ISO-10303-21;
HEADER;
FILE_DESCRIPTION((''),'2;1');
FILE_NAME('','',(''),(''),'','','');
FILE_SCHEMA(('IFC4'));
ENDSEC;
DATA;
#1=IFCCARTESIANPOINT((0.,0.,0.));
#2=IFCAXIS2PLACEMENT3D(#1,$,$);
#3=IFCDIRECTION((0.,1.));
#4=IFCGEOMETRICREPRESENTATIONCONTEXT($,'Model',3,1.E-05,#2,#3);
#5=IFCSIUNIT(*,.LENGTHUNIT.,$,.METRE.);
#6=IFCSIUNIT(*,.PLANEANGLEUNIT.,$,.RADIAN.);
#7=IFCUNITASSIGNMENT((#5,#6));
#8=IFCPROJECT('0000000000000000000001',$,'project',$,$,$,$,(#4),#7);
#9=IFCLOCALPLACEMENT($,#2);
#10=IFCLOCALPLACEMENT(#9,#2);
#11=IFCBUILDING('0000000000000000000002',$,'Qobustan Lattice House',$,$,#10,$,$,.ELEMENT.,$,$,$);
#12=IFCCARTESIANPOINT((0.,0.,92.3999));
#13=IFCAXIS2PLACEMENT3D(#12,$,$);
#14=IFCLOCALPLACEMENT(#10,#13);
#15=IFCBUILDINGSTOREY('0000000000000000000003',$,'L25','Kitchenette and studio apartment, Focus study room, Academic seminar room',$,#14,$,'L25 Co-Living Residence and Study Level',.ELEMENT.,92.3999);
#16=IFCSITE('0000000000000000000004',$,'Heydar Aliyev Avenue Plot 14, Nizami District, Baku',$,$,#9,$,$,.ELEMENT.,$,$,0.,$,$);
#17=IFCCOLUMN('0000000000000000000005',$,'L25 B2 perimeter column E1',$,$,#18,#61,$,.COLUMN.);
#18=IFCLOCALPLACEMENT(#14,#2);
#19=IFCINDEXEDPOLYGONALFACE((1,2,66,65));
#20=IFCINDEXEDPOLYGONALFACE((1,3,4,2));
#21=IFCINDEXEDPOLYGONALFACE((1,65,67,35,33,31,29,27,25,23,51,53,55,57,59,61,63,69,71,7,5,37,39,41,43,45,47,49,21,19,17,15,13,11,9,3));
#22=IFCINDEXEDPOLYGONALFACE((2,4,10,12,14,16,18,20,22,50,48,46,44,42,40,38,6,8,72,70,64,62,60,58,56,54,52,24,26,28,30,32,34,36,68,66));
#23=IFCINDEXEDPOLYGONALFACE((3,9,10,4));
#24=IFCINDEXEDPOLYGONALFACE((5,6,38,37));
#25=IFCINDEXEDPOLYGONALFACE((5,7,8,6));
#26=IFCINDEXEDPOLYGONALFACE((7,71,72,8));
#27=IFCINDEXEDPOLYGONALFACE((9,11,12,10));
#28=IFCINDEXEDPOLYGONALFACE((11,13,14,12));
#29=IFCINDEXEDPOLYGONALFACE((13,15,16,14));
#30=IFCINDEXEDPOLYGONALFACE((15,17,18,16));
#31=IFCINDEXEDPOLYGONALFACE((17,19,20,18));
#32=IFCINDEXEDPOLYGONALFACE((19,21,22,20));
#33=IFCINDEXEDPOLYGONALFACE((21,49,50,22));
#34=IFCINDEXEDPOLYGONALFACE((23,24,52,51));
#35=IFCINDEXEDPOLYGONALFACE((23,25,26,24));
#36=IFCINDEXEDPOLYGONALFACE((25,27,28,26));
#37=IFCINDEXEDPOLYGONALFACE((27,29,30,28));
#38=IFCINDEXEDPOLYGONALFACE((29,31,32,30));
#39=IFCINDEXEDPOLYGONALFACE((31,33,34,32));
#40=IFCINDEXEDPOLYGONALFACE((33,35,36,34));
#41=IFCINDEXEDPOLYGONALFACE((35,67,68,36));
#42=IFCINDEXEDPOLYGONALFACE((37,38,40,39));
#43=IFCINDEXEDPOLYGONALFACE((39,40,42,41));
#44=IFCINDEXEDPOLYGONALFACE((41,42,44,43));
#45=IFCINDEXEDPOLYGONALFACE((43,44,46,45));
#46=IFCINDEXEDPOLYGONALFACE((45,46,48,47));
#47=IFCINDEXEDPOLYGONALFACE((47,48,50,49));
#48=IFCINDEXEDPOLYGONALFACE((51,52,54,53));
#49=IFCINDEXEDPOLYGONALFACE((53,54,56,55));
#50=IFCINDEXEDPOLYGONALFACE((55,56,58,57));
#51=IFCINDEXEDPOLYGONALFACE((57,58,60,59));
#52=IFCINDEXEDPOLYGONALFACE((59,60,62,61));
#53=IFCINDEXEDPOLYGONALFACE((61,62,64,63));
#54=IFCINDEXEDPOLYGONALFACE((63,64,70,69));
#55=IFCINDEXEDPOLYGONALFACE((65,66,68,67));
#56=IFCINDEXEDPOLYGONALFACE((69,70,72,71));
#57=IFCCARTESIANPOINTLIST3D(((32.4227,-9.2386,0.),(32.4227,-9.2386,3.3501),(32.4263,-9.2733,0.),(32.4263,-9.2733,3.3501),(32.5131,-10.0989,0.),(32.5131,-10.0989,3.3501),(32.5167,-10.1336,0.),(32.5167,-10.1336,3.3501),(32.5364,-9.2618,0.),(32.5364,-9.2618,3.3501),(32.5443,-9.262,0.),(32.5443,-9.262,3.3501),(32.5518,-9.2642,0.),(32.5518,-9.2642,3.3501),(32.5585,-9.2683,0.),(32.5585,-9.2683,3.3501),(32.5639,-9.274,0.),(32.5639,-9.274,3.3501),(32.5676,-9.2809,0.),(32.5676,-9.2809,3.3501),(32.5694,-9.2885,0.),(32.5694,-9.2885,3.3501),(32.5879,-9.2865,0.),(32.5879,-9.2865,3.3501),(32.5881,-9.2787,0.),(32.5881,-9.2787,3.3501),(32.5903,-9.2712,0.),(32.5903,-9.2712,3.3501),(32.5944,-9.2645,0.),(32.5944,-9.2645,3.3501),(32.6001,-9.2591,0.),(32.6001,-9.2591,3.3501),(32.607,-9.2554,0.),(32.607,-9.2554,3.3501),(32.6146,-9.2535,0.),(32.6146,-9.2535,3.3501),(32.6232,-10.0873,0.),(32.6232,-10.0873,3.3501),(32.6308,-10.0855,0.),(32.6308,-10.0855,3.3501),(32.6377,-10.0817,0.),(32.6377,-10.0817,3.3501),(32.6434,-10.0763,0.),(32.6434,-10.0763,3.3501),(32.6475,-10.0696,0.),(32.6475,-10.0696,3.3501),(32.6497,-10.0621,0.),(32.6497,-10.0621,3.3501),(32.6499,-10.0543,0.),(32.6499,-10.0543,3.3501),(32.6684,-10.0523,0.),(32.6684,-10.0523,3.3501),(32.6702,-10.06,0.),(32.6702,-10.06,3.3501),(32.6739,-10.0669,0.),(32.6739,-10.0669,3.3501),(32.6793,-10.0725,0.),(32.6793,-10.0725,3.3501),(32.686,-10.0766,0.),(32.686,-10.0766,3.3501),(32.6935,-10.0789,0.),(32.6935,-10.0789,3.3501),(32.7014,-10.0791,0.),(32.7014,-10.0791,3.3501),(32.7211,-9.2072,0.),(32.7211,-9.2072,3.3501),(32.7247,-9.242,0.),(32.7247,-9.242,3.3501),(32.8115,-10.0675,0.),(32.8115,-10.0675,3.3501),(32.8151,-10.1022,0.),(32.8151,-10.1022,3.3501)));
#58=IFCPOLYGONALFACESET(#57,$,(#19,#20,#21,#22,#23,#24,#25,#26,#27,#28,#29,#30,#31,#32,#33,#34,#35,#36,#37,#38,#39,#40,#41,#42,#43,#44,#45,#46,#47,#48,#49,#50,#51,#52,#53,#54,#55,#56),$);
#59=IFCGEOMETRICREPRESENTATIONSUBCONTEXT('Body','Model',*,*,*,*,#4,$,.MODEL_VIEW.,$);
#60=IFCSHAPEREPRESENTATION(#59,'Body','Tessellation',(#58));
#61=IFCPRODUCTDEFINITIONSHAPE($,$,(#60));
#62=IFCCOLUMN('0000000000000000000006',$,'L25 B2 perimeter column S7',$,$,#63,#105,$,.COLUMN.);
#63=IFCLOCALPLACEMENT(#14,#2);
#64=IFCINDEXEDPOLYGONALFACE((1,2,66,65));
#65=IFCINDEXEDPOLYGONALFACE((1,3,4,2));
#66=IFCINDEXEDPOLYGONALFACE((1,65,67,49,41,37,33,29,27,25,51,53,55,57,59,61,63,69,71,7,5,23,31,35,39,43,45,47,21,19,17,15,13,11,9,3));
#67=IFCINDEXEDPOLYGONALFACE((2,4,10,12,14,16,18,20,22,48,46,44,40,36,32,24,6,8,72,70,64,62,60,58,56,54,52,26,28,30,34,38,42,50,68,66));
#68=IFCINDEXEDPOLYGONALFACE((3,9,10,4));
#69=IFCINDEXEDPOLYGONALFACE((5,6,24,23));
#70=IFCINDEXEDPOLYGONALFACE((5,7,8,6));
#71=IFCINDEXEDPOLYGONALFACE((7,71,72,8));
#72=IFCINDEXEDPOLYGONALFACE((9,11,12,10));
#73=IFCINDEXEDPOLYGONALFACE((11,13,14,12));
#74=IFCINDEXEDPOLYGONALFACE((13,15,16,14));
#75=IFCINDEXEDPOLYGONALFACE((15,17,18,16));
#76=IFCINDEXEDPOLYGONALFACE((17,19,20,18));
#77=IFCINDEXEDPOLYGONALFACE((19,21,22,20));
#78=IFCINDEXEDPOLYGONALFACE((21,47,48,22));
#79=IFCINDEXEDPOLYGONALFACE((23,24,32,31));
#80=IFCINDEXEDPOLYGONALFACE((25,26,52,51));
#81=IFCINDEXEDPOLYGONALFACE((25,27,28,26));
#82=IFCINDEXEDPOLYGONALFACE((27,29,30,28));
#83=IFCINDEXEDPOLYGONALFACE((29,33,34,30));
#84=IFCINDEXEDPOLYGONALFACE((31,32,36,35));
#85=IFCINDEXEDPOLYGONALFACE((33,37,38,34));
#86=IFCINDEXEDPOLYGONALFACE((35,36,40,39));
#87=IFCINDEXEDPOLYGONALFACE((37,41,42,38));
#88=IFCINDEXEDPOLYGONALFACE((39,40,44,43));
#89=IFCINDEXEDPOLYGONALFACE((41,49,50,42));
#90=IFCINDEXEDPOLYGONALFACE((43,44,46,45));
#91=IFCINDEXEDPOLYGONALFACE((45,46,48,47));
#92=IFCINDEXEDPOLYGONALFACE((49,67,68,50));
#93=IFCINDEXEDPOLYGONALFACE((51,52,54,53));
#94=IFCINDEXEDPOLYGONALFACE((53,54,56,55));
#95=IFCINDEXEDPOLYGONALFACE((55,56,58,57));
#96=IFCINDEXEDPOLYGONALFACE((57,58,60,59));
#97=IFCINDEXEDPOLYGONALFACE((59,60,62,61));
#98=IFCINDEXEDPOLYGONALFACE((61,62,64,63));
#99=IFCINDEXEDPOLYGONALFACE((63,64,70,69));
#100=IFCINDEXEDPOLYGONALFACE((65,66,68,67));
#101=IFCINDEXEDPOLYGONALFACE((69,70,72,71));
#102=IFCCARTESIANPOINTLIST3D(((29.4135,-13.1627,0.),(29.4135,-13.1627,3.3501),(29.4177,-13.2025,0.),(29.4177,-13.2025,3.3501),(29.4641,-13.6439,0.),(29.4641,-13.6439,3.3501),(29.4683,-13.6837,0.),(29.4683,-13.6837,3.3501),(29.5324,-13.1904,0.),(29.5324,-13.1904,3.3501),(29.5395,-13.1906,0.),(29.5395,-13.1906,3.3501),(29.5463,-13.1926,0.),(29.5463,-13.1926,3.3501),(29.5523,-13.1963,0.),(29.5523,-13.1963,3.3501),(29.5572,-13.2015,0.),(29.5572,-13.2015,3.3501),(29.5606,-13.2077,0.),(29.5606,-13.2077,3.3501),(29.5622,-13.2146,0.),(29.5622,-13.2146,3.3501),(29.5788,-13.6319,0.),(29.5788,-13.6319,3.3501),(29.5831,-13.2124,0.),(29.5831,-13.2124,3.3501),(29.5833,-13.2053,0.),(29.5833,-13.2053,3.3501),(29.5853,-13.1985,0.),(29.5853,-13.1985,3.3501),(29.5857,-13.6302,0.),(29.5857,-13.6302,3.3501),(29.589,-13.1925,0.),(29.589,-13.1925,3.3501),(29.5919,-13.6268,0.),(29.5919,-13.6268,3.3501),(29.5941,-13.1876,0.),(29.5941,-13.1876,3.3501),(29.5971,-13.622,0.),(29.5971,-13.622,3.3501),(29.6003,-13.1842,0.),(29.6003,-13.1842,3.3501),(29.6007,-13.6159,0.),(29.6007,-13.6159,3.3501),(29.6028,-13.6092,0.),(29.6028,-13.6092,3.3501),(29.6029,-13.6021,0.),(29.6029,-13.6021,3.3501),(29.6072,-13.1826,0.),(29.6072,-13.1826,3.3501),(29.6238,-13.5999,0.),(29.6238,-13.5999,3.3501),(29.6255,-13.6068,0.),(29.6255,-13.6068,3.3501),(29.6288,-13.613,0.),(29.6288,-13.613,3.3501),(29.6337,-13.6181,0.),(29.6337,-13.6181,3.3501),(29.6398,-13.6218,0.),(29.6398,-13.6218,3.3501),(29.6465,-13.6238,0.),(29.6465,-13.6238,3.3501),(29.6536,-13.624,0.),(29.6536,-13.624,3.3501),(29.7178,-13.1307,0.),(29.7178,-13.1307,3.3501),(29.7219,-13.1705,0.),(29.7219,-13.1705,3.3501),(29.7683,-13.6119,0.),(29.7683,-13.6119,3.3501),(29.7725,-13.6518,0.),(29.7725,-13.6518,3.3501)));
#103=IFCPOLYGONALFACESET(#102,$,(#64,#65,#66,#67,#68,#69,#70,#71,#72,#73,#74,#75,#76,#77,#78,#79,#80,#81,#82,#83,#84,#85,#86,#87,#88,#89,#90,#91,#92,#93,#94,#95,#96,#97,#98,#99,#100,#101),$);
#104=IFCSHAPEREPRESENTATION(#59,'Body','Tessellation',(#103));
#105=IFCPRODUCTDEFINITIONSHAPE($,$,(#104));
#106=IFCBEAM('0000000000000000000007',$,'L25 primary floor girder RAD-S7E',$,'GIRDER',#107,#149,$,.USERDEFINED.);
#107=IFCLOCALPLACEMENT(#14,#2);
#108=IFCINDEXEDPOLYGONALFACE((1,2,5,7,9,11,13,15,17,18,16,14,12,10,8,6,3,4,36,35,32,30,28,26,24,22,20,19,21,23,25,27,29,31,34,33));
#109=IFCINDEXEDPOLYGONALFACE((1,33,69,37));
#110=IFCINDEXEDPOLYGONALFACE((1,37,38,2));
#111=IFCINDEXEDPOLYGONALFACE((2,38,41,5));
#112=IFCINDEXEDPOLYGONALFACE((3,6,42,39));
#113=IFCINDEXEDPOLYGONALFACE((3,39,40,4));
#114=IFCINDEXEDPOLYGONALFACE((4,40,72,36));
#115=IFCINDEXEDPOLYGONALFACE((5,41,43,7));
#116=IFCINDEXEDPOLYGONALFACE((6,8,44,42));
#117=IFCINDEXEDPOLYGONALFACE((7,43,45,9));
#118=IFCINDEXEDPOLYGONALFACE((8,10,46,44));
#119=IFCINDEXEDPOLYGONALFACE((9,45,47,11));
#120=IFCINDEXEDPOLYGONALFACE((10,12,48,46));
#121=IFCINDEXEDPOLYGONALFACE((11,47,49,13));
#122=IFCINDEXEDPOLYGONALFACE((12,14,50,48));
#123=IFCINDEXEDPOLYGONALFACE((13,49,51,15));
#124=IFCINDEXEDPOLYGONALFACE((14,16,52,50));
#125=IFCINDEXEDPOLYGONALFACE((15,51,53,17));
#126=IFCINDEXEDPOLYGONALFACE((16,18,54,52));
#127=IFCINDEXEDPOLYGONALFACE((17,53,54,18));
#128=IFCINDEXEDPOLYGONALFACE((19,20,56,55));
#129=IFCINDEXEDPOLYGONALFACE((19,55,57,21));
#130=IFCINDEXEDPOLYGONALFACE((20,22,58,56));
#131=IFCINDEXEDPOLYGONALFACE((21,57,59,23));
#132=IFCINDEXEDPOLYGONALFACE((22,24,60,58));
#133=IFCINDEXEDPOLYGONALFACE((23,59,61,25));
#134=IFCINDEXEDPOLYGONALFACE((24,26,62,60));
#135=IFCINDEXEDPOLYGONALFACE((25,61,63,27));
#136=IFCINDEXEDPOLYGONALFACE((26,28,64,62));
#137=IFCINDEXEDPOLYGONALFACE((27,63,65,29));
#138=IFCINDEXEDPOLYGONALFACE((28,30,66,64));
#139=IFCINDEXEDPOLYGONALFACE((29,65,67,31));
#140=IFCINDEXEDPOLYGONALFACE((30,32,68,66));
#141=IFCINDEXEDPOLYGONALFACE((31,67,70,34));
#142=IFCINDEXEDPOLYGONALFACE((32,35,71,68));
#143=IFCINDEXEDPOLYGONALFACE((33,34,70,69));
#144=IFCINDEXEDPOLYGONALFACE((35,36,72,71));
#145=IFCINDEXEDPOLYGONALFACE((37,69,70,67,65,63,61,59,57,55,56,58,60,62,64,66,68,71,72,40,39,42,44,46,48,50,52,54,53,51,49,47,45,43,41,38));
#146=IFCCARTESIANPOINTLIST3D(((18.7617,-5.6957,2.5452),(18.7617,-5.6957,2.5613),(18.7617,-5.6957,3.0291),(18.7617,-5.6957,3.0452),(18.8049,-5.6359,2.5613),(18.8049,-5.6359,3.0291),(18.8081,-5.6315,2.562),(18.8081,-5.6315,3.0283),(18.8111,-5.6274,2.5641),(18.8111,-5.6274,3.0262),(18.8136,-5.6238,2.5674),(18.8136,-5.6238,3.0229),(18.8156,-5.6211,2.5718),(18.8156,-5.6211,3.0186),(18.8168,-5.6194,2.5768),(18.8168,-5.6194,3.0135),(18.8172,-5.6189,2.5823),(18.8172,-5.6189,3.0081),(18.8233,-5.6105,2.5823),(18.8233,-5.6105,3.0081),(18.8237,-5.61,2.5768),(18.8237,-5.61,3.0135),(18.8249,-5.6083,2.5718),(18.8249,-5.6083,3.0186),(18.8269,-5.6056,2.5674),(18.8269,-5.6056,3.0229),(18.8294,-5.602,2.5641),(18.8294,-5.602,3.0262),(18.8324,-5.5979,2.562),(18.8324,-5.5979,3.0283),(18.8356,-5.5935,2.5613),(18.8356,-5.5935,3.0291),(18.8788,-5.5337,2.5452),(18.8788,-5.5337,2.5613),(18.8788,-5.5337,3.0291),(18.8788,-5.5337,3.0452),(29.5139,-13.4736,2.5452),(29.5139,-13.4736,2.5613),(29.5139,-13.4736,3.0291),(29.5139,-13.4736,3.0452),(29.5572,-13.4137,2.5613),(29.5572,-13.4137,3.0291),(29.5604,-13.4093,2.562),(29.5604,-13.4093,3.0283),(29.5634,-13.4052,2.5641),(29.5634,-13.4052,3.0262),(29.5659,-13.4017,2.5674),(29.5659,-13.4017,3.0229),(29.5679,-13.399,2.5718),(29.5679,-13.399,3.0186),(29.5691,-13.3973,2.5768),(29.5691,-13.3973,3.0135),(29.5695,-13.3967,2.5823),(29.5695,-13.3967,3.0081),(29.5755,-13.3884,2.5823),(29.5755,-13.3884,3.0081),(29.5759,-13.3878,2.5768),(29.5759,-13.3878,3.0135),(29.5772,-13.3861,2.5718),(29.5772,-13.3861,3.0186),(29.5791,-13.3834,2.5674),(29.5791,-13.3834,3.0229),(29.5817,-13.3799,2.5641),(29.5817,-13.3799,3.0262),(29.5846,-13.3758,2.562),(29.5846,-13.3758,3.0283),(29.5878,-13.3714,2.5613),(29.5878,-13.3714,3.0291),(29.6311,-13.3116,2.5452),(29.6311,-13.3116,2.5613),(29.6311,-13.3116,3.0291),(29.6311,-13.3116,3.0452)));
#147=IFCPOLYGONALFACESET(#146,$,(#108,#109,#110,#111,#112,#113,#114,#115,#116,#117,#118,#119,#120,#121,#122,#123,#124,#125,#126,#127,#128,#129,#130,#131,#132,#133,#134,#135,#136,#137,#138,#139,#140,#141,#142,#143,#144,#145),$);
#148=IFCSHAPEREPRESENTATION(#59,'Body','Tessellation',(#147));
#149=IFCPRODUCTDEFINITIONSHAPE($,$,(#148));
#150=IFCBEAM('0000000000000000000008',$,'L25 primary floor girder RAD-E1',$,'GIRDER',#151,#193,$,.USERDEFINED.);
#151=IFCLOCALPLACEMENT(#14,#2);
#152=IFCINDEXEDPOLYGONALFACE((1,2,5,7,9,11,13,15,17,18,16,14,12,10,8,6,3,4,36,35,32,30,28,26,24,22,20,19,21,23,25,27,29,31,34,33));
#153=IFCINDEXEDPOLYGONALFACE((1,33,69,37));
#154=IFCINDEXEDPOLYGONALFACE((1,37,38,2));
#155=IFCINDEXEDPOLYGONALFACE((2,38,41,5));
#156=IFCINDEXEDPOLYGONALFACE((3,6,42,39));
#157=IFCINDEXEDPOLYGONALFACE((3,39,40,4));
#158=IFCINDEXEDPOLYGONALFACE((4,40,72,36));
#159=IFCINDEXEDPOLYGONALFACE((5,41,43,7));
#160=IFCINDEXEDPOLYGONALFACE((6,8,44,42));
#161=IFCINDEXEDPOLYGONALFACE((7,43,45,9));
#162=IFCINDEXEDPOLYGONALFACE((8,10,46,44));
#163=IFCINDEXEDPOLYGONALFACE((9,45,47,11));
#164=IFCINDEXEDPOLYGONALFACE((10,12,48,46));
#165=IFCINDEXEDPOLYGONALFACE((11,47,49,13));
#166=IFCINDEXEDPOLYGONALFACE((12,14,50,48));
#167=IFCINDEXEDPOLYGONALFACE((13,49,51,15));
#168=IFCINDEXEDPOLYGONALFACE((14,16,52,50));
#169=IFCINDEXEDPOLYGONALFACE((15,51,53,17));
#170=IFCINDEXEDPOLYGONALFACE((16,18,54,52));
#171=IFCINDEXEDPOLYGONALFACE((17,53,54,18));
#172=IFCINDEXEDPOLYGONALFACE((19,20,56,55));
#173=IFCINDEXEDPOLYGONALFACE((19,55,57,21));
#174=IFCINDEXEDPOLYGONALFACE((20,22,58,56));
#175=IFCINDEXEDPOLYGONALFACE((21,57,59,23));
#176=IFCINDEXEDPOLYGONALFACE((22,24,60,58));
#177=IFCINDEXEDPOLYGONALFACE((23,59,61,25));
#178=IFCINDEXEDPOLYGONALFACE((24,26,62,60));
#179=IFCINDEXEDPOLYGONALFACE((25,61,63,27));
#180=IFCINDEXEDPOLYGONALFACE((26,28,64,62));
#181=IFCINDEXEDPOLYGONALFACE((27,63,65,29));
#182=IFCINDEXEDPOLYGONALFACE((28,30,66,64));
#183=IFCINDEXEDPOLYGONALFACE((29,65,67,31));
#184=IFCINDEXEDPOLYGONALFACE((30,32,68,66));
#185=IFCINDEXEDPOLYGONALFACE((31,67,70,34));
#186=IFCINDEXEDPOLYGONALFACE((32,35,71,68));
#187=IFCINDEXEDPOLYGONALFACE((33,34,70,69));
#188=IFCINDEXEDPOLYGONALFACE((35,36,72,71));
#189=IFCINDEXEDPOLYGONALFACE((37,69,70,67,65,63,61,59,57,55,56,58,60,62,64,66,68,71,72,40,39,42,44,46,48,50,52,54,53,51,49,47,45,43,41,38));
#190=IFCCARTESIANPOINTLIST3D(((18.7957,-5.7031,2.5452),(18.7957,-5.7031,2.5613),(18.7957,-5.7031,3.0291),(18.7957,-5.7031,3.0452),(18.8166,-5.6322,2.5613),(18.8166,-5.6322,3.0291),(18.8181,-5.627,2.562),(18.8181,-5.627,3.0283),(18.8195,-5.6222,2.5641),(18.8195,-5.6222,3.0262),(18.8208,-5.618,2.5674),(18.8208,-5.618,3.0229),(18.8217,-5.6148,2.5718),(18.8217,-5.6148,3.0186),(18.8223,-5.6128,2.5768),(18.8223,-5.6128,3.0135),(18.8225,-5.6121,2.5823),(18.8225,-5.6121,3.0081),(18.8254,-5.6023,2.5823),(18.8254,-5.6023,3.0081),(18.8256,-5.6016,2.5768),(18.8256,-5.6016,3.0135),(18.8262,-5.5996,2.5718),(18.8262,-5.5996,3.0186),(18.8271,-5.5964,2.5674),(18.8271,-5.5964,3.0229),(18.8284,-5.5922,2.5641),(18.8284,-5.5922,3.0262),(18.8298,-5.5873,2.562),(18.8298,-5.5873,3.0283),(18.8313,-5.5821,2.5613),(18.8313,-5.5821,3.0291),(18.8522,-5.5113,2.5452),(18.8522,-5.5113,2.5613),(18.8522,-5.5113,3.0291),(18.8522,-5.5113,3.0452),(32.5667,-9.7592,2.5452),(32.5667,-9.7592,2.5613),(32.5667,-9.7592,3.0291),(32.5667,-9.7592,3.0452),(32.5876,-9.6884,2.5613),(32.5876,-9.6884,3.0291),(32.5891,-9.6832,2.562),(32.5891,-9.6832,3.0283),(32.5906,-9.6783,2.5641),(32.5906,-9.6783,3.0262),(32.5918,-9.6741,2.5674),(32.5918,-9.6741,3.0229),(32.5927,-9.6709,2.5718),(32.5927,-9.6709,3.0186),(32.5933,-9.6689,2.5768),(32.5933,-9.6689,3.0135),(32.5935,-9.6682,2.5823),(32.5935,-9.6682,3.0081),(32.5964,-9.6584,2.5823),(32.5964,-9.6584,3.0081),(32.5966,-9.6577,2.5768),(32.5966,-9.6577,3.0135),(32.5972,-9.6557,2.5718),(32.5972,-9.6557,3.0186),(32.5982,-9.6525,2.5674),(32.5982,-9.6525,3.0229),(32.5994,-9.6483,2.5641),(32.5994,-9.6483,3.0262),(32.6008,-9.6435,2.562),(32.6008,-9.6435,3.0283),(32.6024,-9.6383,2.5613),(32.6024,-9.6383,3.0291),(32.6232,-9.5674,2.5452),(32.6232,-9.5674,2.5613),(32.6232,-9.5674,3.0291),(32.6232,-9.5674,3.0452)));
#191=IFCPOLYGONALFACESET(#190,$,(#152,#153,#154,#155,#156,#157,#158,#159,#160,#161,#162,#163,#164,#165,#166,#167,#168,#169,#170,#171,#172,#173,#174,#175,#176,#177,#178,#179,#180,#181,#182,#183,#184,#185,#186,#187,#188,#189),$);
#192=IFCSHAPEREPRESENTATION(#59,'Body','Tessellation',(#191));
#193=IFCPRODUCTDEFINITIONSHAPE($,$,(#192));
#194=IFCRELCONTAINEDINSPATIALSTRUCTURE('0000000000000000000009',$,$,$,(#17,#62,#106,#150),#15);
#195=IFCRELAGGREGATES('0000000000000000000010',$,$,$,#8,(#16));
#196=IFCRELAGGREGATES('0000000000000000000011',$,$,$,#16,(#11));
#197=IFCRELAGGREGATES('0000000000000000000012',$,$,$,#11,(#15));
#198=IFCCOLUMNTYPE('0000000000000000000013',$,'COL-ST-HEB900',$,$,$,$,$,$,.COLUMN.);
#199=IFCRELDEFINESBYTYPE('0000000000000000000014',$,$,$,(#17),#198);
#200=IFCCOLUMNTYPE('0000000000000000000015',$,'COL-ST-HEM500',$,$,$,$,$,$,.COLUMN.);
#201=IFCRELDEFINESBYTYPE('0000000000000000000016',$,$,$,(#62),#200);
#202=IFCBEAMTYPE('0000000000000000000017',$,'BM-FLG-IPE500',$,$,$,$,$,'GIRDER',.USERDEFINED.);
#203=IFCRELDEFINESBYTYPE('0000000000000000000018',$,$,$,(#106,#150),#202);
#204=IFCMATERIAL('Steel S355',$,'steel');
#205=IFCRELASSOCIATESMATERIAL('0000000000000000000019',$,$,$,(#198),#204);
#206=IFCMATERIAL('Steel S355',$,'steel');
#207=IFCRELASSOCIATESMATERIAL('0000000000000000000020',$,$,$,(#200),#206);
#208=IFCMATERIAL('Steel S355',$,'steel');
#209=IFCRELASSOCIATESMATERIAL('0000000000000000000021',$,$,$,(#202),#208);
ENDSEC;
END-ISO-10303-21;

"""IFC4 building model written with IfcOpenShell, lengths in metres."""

from ifc_helpers import new_model, si_unit, direction, frame, origin, origin_2d, place, context, subcontext, project, spatial, i_section, extrude, material, material_profile, profile_set, type_object, element, save


model = new_model("IFC4")

# Units and contexts
model_context = context("Model", 3, precision=1e-05, world=origin(), true_north=direction((0.0, 1.0)))
body_context = subcontext(model_context, "Body", "Model", "MODEL_VIEW")
ifc_project = project(units=[si_unit("LENGTHUNIT", "METRE"), si_unit("PLANEANGLEUNIT", "RADIAN")], contexts=[model_context])

# Site, building, storey
site_placement = place(None, origin())
site = spatial("IfcSite", under=ifc_project, at=site_placement, Name="Heydar Aliyev Avenue Plot 14, Nizami District, Baku", CompositionType="ELEMENT", RefElevation=0.0)
building_placement = place(site_placement, origin())
building = spatial("IfcBuilding", under=site, at=building_placement, Name="Qobustan Lattice House", CompositionType="ELEMENT")
storey_placement = place(building_placement, frame((0.0, 0.0, 92.3999)))
storey = spatial("IfcBuildingStorey", under=building, at=storey_placement, Name="L25", Description="Kitchenette and studio apartment, Focus study room, Academic seminar room", LongName="L25 Co-Living Residence and Study Level", CompositionType="ELEMENT", Elevation=92.3999)

# Columns
ifc_material_1 = material(Name="Steel S355", Category="steel")
ifc_material_profile_1 = material_profile(ifc_material_1, i_section(OverallWidth=0.3, OverallDepth=0.8999, WebThickness=0.0186, FlangeThickness=0.0349, FilletRadius=0.03, at=origin_2d()), Name="HEB900")
ifc_profile_set_1 = profile_set([ifc_material_profile_1], Name="Steel S355")
column_type_1 = type_object("IfcColumnType", Name="COL-ST-HEB900", PredefinedType="COLUMN", material=ifc_profile_set_1)
column_1_placement = place(storey_placement, frame((32.6189, -9.6704, 0.0), z_axis=(0.0, 0.0, 1.0), x_axis=(0.994522, 0.104528, 0.0)))
element("IfcColumn", 1, at=column_1_placement, inside=storey, type_object=column_type_1, Name="L25 B2 perimeter column E1", PredefinedType="COLUMN", context=body_context, shape_type="SweptSolid", body=[
    extrude(i_section(OverallWidth=0.3, OverallDepth=0.8999, WebThickness=0.0186, FlangeThickness=0.0349, FilletRadius=0.03, at=origin_2d()), origin(), (0.0, 0.0, 1.0), 3.3501),
])
ifc_material_2 = material(Name="Steel S355", Category="steel")
ifc_material_profile_2 = material_profile(ifc_material_2, i_section(OverallWidth=0.3059, OverallDepth=0.5239, WebThickness=0.021, FlangeThickness=0.04, FilletRadius=0.0271, at=origin_2d()), Name="HEM500")
ifc_profile_set_2 = profile_set([ifc_material_profile_2], Name="Steel S355")
column_type_2 = type_object("IfcColumnType", Name="COL-ST-HEM500", PredefinedType="COLUMN", material=ifc_profile_set_2)
column_2_placement = place(storey_placement, frame((29.593, -13.4072, 0.0), z_axis=(0.0, 0.0, 1.0), x_axis=(0.994522, 0.104528, 0.0)))
element("IfcColumn", 2, at=column_2_placement, inside=storey, type_object=column_type_2, Name="L25 B2 perimeter column S7", PredefinedType="COLUMN", context=body_context, shape_type="SweptSolid", body=[
    extrude(i_section(OverallWidth=0.3059, OverallDepth=0.5239, WebThickness=0.021, FlangeThickness=0.04, FilletRadius=0.0271, at=origin_2d()), origin(), (0.0, 0.0, 1.0), 3.3501),
])

# Beams
ifc_material_3 = material(Name="Steel S355", Category="steel")
ifc_material_profile_3 = material_profile(ifc_material_3, i_section(OverallWidth=0.2, OverallDepth=0.5, WebThickness=0.0103, FlangeThickness=0.0161, FilletRadius=0.021, at=origin_2d()), Name="IPE500")
ifc_profile_set_3 = profile_set([ifc_material_profile_3], Name="Steel S355")
beam_type_1 = type_object("IfcBeamType", Name="BM-FLG-IPE500", ElementType="GIRDER", PredefinedType="USERDEFINED", material=ifc_profile_set_3)
beam_1_placement = place(storey_placement, frame((29.5725, -13.3926, 2.7952), z_axis=(-0.810237, 0.586102, 0.0), x_axis=(-0.586102, -0.810237, 0.0)))
element("IfcBeam", 3, at=beam_1_placement, inside=storey, type_object=beam_type_1, Name="L25 primary floor girder RAD-S7E", ObjectType="GIRDER", PredefinedType="USERDEFINED", context=body_context, shape_type="SweptSolid", body=[
    extrude(i_section(OverallWidth=0.2, OverallDepth=0.5, WebThickness=0.0103, FlangeThickness=0.0161, FilletRadius=0.021, at=origin_2d()), origin(), (0.0, 0.0, 1.0), 13.2705),
])
beam_2_placement = place(storey_placement, frame((32.595, -9.6633, 2.7952), z_axis=(-0.959255, 0.282542, 0.0), x_axis=(-0.282542, -0.959255, 0.0)))
element("IfcBeam", 4, at=beam_2_placement, inside=storey, type_object=beam_type_1, Name="L25 primary floor girder RAD-E1", ObjectType="GIRDER", PredefinedType="USERDEFINED", context=body_context, shape_type="SweptSolid", body=[
    extrude(i_section(OverallWidth=0.2, OverallDepth=0.5, WebThickness=0.0103, FlangeThickness=0.0161, FilletRadius=0.021, at=origin_2d()), origin(), (0.0, 0.0, 1.0), 14.356),
])

save(model, "model.ifc")
